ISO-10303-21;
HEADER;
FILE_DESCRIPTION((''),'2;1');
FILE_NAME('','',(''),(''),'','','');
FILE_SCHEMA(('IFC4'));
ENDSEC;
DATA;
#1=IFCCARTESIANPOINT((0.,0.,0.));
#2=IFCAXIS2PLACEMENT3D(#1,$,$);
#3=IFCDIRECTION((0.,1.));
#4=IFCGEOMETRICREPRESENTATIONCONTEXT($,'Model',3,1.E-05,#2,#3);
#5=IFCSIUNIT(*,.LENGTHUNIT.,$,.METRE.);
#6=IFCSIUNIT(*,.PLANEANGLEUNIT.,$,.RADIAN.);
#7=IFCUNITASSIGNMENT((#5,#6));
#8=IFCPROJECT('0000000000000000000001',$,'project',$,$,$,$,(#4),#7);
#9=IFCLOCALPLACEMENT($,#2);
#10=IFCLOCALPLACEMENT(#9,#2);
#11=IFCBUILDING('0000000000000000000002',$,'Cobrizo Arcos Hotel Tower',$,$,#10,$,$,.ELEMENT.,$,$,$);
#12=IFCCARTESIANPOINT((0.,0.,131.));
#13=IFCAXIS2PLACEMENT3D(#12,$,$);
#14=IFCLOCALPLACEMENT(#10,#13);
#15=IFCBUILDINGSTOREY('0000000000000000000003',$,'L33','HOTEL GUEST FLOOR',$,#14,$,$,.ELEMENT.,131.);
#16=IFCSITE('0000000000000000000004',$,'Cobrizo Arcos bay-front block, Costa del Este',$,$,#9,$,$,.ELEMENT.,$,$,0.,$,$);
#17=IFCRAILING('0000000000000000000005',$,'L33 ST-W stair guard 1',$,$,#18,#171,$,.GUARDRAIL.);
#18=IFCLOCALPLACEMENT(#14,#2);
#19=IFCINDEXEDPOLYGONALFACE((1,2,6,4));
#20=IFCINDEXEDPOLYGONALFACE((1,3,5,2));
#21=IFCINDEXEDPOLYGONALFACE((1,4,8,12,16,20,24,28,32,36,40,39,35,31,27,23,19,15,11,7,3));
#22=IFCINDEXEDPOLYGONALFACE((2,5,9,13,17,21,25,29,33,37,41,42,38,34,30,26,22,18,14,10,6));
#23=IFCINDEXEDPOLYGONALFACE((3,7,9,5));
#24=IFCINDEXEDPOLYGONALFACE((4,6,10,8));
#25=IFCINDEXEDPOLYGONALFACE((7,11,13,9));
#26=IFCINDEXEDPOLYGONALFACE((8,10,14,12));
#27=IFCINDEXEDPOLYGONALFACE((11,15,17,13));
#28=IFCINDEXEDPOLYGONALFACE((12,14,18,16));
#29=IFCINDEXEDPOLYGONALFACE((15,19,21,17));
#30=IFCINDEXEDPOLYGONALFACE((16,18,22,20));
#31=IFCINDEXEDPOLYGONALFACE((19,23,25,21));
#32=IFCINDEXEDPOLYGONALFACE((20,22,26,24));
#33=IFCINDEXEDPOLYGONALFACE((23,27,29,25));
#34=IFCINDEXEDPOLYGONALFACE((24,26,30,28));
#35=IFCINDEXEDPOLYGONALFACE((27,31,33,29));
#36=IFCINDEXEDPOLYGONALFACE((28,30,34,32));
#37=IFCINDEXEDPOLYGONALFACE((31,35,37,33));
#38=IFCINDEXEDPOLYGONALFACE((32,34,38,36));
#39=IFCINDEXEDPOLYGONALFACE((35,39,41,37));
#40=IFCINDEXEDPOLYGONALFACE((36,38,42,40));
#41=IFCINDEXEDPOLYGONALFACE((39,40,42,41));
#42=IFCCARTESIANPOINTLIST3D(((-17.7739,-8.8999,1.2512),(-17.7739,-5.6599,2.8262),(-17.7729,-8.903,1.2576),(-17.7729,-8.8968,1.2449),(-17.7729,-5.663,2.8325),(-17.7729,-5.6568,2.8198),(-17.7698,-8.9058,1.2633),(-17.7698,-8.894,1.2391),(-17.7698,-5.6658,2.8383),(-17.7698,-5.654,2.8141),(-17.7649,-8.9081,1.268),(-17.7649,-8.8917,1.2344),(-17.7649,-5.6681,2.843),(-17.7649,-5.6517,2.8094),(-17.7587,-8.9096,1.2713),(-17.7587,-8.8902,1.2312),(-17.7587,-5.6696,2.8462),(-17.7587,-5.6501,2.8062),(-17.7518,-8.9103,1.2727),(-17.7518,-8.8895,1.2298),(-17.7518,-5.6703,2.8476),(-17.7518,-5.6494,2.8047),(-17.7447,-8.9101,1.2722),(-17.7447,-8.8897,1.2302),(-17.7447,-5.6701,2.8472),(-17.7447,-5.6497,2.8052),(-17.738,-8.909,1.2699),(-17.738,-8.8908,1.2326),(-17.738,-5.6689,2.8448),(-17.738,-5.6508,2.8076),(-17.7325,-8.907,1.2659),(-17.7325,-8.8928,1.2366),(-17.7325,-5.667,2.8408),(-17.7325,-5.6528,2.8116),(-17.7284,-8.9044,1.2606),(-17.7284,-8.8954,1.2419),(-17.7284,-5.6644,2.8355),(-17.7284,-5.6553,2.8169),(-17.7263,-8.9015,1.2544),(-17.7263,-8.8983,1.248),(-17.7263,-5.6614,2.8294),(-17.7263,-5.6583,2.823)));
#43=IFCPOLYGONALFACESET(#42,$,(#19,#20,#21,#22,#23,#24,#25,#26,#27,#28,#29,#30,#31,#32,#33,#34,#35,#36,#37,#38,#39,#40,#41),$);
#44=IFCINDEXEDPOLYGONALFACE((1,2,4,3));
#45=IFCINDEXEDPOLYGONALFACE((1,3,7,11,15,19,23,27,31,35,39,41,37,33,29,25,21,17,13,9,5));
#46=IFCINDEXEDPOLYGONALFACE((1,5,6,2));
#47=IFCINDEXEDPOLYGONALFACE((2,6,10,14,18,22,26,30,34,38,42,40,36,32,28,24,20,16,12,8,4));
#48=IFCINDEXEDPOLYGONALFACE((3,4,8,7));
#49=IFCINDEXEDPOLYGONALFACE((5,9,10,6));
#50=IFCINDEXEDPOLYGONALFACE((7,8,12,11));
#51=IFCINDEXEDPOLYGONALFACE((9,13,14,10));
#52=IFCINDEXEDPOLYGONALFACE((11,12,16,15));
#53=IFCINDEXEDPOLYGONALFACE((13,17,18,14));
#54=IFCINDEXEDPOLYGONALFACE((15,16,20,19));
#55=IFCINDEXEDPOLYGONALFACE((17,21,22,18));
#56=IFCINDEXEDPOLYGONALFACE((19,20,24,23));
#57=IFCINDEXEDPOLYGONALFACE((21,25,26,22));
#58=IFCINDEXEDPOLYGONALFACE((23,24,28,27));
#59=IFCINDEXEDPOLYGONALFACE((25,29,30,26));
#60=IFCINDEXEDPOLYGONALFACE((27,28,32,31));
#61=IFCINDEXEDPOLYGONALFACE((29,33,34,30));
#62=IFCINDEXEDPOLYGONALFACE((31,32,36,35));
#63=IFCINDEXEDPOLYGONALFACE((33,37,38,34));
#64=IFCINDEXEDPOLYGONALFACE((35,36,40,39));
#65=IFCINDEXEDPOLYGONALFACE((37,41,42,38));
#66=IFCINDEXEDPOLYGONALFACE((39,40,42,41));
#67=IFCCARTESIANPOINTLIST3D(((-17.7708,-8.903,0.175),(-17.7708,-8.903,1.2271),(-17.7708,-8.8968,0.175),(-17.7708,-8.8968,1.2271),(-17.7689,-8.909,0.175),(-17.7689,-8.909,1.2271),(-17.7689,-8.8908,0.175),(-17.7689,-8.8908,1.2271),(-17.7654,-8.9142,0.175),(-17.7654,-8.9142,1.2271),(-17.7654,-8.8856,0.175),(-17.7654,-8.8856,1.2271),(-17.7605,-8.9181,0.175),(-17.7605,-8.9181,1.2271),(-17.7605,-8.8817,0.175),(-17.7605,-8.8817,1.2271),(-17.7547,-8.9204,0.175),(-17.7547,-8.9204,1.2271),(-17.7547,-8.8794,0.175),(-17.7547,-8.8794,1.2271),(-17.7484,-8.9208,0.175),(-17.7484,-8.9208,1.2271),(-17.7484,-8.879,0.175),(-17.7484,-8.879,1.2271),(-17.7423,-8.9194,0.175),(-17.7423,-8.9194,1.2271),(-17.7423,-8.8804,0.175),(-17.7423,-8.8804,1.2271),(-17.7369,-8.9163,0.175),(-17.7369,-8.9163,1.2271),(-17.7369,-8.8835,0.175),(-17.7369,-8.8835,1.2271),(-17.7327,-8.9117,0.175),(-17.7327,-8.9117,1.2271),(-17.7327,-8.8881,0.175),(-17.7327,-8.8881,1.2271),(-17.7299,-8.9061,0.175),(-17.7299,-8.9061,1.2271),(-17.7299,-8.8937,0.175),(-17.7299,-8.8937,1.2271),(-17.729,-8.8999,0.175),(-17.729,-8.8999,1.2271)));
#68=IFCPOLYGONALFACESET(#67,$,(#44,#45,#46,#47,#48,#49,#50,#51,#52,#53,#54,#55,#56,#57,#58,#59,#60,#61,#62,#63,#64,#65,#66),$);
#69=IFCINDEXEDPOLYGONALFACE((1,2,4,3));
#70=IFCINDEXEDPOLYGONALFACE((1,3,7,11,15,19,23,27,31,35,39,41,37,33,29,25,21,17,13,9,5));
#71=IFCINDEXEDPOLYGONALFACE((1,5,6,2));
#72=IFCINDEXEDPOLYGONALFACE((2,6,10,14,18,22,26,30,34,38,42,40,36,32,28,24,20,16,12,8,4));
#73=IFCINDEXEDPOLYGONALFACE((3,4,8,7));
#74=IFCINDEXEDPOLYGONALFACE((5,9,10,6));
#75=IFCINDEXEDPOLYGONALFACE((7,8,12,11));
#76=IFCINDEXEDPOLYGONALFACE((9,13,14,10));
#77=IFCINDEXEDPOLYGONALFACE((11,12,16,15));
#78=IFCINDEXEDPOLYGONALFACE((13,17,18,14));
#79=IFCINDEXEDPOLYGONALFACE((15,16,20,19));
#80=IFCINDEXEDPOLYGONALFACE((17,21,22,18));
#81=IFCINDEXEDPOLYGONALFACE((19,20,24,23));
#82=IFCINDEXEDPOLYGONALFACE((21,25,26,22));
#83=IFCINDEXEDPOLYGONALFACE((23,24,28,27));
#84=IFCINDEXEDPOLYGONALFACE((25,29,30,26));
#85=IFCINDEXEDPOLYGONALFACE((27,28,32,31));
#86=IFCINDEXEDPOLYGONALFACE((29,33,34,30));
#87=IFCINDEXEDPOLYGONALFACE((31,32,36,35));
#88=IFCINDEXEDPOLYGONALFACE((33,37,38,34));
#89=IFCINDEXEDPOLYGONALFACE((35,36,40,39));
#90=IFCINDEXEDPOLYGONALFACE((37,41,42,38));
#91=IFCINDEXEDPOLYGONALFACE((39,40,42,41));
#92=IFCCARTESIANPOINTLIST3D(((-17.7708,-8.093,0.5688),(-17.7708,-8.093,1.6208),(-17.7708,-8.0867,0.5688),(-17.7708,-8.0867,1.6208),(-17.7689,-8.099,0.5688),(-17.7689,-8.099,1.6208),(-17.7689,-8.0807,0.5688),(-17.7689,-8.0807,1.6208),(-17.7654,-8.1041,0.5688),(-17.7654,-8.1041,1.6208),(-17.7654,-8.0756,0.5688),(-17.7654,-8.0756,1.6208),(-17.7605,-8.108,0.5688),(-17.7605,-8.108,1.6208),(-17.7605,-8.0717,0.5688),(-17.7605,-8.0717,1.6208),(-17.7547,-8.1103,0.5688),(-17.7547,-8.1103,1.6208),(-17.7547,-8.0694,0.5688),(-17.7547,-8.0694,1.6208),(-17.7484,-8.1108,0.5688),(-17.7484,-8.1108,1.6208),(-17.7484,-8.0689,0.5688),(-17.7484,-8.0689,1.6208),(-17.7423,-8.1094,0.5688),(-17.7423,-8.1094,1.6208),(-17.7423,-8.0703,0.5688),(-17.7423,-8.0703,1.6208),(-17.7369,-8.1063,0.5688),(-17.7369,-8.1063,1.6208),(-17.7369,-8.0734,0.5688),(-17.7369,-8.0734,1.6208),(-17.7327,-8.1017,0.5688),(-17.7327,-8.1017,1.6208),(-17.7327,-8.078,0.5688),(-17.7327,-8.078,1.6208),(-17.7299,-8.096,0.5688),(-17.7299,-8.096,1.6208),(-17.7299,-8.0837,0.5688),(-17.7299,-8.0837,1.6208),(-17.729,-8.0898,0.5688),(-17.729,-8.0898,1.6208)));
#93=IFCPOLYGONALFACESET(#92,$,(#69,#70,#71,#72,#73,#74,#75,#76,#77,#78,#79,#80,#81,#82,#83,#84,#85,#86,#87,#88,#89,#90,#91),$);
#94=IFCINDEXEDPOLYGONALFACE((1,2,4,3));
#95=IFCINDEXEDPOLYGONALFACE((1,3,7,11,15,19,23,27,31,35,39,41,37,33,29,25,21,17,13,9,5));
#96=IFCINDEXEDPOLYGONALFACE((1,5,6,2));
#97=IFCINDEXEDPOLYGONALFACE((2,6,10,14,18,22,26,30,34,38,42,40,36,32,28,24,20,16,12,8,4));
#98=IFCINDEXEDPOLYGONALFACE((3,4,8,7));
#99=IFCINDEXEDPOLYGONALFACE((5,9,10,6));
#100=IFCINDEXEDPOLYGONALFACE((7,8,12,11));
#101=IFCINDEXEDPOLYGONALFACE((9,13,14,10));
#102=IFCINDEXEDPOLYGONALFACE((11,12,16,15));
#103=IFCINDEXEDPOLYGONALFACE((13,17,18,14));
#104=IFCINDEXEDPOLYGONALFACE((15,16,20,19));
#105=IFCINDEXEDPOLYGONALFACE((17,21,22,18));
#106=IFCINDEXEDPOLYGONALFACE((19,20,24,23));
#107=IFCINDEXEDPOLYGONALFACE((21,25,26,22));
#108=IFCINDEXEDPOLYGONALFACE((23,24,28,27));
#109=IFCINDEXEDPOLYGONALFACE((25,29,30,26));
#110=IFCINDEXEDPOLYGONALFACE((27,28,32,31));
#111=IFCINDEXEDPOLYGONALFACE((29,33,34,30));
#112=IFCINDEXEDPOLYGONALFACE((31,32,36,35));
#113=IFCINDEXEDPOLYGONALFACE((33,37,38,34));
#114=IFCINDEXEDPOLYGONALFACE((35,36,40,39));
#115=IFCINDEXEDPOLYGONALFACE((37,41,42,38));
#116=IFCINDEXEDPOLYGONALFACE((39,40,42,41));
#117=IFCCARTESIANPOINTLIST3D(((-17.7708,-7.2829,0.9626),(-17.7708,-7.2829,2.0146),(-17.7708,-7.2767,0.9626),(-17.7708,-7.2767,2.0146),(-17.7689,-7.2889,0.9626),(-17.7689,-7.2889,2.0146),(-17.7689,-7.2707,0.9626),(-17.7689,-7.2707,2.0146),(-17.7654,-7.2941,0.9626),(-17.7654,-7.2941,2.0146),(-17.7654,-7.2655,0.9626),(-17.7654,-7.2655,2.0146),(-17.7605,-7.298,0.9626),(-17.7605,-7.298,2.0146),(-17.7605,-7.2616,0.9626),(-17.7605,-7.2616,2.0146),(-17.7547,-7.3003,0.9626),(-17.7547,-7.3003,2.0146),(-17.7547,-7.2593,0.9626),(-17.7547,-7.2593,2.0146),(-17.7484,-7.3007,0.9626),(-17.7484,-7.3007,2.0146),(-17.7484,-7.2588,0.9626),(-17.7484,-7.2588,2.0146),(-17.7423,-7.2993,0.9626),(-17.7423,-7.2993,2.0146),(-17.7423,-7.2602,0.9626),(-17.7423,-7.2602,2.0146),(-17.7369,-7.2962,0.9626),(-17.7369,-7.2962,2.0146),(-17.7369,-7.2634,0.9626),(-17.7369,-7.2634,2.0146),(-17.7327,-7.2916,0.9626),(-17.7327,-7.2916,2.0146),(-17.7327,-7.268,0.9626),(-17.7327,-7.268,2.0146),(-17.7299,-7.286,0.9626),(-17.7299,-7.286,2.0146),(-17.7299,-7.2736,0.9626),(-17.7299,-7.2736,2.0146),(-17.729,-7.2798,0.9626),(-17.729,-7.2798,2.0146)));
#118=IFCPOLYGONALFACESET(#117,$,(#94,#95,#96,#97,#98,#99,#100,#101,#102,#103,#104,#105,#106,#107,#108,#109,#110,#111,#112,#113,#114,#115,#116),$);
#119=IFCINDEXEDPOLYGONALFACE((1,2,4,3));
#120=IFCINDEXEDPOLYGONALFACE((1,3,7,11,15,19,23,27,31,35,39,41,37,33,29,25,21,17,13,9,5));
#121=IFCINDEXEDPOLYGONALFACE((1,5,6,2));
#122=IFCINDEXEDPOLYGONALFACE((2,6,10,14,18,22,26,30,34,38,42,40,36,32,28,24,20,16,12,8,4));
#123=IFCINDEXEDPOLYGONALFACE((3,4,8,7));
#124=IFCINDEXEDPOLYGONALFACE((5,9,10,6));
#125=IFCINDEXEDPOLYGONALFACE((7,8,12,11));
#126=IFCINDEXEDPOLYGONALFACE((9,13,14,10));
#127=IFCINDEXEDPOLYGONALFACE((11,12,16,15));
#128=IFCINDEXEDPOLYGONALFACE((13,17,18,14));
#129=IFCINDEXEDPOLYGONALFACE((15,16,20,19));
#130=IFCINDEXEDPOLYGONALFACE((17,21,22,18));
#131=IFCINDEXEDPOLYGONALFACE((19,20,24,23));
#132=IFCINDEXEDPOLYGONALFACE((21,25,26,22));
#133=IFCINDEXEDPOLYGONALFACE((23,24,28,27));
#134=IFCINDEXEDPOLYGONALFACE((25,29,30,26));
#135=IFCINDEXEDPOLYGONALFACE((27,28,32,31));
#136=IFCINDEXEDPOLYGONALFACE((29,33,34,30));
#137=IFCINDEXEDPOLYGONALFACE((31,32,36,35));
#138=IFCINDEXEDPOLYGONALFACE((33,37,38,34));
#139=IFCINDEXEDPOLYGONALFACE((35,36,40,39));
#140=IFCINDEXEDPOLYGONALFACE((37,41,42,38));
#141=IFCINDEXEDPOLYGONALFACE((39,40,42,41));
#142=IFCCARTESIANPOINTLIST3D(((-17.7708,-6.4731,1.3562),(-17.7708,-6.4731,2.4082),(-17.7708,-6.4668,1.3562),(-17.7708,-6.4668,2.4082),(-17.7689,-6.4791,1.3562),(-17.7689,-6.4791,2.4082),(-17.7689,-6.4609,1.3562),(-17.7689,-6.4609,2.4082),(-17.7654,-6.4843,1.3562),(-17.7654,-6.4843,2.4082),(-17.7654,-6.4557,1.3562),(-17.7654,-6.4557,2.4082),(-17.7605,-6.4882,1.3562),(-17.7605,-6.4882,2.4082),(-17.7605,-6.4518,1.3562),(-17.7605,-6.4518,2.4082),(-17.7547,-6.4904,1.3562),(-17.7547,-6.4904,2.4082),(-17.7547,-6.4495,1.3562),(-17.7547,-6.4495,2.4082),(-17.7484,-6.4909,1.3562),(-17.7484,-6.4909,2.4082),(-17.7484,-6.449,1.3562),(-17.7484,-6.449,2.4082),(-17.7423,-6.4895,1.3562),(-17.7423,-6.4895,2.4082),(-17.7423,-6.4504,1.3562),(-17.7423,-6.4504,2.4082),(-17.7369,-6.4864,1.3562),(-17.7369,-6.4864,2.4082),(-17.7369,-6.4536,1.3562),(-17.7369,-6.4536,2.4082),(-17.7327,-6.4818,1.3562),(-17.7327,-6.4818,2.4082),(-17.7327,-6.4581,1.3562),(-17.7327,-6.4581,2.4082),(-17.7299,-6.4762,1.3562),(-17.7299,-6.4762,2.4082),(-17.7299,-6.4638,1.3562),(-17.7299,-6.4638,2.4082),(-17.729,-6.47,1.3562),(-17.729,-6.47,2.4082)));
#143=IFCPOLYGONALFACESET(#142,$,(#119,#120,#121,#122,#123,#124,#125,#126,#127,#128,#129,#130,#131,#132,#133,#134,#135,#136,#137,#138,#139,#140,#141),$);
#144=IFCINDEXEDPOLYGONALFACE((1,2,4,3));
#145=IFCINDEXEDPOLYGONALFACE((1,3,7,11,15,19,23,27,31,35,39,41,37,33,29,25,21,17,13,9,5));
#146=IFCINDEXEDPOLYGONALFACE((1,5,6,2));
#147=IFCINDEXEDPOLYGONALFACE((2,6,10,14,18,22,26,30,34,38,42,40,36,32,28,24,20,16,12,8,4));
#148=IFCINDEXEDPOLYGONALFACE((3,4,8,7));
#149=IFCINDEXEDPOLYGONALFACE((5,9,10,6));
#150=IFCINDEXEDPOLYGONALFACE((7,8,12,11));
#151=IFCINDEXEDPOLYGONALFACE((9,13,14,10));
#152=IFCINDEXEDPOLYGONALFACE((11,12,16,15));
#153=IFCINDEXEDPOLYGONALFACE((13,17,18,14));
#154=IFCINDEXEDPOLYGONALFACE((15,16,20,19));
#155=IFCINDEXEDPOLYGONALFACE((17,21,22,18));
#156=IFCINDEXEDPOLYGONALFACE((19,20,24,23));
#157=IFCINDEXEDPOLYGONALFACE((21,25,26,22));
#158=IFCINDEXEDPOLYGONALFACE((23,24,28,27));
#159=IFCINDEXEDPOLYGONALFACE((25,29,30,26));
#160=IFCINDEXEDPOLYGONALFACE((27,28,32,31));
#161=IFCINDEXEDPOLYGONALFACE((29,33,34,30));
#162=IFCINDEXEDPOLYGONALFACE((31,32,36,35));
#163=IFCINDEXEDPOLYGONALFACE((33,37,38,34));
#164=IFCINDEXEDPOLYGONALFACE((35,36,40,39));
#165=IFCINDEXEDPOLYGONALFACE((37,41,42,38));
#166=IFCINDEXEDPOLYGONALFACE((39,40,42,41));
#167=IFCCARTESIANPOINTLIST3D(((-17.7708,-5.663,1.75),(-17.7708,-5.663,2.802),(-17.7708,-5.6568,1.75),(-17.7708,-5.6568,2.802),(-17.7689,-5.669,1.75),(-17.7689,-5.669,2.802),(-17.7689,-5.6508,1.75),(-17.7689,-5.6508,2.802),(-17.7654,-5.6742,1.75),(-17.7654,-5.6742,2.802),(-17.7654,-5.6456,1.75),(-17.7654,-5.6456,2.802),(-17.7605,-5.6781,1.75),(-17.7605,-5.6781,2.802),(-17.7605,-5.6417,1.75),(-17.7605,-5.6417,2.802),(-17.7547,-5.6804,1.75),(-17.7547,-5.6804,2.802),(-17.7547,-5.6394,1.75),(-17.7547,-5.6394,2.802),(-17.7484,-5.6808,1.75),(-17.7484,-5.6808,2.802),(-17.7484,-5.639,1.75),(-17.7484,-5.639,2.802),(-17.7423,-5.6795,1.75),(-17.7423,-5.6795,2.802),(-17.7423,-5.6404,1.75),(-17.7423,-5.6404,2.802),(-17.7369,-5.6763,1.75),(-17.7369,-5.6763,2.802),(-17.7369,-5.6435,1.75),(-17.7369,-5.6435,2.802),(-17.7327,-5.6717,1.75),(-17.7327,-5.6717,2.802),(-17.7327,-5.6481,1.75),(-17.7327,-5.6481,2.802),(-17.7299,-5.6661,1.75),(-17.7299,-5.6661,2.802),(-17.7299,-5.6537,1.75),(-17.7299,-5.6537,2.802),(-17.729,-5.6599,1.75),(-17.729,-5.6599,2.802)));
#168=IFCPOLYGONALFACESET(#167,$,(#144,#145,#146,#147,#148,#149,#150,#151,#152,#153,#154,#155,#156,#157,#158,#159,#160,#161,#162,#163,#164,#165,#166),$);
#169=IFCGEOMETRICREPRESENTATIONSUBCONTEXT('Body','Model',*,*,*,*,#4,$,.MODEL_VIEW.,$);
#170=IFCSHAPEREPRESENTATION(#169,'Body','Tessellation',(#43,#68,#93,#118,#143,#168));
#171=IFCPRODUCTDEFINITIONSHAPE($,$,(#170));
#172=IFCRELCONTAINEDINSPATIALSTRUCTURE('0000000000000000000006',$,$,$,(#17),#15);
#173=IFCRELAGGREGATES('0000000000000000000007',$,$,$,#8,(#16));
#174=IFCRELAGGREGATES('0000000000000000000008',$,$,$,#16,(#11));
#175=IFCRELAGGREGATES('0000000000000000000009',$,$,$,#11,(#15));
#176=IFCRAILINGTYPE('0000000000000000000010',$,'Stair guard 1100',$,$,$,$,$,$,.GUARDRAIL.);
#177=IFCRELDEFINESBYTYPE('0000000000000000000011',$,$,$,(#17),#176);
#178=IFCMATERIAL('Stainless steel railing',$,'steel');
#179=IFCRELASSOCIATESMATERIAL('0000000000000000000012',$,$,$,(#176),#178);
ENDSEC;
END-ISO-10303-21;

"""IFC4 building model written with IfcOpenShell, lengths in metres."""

from ifc_helpers import new_model, si_unit, direction, frame, origin, origin_2d, place, context, subcontext, project, spatial, circle, extrude, material, type_object, element, save


model = new_model("IFC4")

# Units and contexts
model_context = context("Model", 3, precision=1e-05, world=origin(), true_north=direction((0.0, 1.0)))
body_context = subcontext(model_context, "Body", "Model", "MODEL_VIEW")
ifc_project = project(units=[si_unit("LENGTHUNIT", "METRE"), si_unit("PLANEANGLEUNIT", "RADIAN")], contexts=[model_context])

# Site, building, storey
site_placement = place(None, origin())
site = spatial("IfcSite", under=ifc_project, at=site_placement, Name="Cobrizo Arcos bay-front block, Costa del Este", CompositionType="ELEMENT", RefElevation=0.0)
building_placement = place(site_placement, origin())
building = spatial("IfcBuilding", under=site, at=building_placement, Name="Cobrizo Arcos Hotel Tower", CompositionType="ELEMENT")
storey_placement = place(building_placement, frame((0.0, 0.0, 131.0)))
storey = spatial("IfcBuildingStorey", under=building, at=storey_placement, Name="L33", Description="HOTEL GUEST FLOOR", CompositionType="ELEMENT", Elevation=131.0)

# Railing
ifc_material_1 = material(Name="Stainless steel railing", Category="steel")
railing_type_1 = type_object("IfcRailingType", Name="Stair guard 1100", PredefinedType="GUARDRAIL", material=ifc_material_1)
railing_1_placement = place(storey_placement, frame((-17.75, -8.8999, 0.175)))
element("IfcRailing", 1, at=railing_1_placement, inside=storey, type_object=railing_type_1, Name="L33 ST-W stair guard 1", PredefinedType="GUARDRAIL", context=body_context, shape_type="SweptSolid", body=[
    extrude(circle(Radius=0.0239, at=origin_2d()), frame((0.0, 0.0, 1.0762), z_axis=(0.0, 0.899373, 0.437183), x_axis=(-1.0, 0.0, 0.0)), (0.0, 0.0, 1.0), 3.6025),
    extrude(circle(Radius=0.021, at=origin_2d()), origin(), (0.0, 0.0, 1.0), 1.052),
    extrude(circle(Radius=0.021, at=origin_2d()), frame((0.0, 0.8101, 0.3938)), (0.0, 0.0, 1.0), 1.052),
    extrude(circle(Radius=0.021, at=origin_2d()), frame((0.0, 1.6201, 0.7876)), (0.0, 0.0, 1.0), 1.052),
    extrude(circle(Radius=0.021, at=origin_2d()), frame((0.0, 2.4299, 1.1812)), (0.0, 0.0, 1.0), 1.052),
    extrude(circle(Radius=0.021, at=origin_2d()), frame((0.0, 3.24, 1.575)), (0.0, 0.0, 1.0), 1.052),
])

save(model, "model.ifc")
